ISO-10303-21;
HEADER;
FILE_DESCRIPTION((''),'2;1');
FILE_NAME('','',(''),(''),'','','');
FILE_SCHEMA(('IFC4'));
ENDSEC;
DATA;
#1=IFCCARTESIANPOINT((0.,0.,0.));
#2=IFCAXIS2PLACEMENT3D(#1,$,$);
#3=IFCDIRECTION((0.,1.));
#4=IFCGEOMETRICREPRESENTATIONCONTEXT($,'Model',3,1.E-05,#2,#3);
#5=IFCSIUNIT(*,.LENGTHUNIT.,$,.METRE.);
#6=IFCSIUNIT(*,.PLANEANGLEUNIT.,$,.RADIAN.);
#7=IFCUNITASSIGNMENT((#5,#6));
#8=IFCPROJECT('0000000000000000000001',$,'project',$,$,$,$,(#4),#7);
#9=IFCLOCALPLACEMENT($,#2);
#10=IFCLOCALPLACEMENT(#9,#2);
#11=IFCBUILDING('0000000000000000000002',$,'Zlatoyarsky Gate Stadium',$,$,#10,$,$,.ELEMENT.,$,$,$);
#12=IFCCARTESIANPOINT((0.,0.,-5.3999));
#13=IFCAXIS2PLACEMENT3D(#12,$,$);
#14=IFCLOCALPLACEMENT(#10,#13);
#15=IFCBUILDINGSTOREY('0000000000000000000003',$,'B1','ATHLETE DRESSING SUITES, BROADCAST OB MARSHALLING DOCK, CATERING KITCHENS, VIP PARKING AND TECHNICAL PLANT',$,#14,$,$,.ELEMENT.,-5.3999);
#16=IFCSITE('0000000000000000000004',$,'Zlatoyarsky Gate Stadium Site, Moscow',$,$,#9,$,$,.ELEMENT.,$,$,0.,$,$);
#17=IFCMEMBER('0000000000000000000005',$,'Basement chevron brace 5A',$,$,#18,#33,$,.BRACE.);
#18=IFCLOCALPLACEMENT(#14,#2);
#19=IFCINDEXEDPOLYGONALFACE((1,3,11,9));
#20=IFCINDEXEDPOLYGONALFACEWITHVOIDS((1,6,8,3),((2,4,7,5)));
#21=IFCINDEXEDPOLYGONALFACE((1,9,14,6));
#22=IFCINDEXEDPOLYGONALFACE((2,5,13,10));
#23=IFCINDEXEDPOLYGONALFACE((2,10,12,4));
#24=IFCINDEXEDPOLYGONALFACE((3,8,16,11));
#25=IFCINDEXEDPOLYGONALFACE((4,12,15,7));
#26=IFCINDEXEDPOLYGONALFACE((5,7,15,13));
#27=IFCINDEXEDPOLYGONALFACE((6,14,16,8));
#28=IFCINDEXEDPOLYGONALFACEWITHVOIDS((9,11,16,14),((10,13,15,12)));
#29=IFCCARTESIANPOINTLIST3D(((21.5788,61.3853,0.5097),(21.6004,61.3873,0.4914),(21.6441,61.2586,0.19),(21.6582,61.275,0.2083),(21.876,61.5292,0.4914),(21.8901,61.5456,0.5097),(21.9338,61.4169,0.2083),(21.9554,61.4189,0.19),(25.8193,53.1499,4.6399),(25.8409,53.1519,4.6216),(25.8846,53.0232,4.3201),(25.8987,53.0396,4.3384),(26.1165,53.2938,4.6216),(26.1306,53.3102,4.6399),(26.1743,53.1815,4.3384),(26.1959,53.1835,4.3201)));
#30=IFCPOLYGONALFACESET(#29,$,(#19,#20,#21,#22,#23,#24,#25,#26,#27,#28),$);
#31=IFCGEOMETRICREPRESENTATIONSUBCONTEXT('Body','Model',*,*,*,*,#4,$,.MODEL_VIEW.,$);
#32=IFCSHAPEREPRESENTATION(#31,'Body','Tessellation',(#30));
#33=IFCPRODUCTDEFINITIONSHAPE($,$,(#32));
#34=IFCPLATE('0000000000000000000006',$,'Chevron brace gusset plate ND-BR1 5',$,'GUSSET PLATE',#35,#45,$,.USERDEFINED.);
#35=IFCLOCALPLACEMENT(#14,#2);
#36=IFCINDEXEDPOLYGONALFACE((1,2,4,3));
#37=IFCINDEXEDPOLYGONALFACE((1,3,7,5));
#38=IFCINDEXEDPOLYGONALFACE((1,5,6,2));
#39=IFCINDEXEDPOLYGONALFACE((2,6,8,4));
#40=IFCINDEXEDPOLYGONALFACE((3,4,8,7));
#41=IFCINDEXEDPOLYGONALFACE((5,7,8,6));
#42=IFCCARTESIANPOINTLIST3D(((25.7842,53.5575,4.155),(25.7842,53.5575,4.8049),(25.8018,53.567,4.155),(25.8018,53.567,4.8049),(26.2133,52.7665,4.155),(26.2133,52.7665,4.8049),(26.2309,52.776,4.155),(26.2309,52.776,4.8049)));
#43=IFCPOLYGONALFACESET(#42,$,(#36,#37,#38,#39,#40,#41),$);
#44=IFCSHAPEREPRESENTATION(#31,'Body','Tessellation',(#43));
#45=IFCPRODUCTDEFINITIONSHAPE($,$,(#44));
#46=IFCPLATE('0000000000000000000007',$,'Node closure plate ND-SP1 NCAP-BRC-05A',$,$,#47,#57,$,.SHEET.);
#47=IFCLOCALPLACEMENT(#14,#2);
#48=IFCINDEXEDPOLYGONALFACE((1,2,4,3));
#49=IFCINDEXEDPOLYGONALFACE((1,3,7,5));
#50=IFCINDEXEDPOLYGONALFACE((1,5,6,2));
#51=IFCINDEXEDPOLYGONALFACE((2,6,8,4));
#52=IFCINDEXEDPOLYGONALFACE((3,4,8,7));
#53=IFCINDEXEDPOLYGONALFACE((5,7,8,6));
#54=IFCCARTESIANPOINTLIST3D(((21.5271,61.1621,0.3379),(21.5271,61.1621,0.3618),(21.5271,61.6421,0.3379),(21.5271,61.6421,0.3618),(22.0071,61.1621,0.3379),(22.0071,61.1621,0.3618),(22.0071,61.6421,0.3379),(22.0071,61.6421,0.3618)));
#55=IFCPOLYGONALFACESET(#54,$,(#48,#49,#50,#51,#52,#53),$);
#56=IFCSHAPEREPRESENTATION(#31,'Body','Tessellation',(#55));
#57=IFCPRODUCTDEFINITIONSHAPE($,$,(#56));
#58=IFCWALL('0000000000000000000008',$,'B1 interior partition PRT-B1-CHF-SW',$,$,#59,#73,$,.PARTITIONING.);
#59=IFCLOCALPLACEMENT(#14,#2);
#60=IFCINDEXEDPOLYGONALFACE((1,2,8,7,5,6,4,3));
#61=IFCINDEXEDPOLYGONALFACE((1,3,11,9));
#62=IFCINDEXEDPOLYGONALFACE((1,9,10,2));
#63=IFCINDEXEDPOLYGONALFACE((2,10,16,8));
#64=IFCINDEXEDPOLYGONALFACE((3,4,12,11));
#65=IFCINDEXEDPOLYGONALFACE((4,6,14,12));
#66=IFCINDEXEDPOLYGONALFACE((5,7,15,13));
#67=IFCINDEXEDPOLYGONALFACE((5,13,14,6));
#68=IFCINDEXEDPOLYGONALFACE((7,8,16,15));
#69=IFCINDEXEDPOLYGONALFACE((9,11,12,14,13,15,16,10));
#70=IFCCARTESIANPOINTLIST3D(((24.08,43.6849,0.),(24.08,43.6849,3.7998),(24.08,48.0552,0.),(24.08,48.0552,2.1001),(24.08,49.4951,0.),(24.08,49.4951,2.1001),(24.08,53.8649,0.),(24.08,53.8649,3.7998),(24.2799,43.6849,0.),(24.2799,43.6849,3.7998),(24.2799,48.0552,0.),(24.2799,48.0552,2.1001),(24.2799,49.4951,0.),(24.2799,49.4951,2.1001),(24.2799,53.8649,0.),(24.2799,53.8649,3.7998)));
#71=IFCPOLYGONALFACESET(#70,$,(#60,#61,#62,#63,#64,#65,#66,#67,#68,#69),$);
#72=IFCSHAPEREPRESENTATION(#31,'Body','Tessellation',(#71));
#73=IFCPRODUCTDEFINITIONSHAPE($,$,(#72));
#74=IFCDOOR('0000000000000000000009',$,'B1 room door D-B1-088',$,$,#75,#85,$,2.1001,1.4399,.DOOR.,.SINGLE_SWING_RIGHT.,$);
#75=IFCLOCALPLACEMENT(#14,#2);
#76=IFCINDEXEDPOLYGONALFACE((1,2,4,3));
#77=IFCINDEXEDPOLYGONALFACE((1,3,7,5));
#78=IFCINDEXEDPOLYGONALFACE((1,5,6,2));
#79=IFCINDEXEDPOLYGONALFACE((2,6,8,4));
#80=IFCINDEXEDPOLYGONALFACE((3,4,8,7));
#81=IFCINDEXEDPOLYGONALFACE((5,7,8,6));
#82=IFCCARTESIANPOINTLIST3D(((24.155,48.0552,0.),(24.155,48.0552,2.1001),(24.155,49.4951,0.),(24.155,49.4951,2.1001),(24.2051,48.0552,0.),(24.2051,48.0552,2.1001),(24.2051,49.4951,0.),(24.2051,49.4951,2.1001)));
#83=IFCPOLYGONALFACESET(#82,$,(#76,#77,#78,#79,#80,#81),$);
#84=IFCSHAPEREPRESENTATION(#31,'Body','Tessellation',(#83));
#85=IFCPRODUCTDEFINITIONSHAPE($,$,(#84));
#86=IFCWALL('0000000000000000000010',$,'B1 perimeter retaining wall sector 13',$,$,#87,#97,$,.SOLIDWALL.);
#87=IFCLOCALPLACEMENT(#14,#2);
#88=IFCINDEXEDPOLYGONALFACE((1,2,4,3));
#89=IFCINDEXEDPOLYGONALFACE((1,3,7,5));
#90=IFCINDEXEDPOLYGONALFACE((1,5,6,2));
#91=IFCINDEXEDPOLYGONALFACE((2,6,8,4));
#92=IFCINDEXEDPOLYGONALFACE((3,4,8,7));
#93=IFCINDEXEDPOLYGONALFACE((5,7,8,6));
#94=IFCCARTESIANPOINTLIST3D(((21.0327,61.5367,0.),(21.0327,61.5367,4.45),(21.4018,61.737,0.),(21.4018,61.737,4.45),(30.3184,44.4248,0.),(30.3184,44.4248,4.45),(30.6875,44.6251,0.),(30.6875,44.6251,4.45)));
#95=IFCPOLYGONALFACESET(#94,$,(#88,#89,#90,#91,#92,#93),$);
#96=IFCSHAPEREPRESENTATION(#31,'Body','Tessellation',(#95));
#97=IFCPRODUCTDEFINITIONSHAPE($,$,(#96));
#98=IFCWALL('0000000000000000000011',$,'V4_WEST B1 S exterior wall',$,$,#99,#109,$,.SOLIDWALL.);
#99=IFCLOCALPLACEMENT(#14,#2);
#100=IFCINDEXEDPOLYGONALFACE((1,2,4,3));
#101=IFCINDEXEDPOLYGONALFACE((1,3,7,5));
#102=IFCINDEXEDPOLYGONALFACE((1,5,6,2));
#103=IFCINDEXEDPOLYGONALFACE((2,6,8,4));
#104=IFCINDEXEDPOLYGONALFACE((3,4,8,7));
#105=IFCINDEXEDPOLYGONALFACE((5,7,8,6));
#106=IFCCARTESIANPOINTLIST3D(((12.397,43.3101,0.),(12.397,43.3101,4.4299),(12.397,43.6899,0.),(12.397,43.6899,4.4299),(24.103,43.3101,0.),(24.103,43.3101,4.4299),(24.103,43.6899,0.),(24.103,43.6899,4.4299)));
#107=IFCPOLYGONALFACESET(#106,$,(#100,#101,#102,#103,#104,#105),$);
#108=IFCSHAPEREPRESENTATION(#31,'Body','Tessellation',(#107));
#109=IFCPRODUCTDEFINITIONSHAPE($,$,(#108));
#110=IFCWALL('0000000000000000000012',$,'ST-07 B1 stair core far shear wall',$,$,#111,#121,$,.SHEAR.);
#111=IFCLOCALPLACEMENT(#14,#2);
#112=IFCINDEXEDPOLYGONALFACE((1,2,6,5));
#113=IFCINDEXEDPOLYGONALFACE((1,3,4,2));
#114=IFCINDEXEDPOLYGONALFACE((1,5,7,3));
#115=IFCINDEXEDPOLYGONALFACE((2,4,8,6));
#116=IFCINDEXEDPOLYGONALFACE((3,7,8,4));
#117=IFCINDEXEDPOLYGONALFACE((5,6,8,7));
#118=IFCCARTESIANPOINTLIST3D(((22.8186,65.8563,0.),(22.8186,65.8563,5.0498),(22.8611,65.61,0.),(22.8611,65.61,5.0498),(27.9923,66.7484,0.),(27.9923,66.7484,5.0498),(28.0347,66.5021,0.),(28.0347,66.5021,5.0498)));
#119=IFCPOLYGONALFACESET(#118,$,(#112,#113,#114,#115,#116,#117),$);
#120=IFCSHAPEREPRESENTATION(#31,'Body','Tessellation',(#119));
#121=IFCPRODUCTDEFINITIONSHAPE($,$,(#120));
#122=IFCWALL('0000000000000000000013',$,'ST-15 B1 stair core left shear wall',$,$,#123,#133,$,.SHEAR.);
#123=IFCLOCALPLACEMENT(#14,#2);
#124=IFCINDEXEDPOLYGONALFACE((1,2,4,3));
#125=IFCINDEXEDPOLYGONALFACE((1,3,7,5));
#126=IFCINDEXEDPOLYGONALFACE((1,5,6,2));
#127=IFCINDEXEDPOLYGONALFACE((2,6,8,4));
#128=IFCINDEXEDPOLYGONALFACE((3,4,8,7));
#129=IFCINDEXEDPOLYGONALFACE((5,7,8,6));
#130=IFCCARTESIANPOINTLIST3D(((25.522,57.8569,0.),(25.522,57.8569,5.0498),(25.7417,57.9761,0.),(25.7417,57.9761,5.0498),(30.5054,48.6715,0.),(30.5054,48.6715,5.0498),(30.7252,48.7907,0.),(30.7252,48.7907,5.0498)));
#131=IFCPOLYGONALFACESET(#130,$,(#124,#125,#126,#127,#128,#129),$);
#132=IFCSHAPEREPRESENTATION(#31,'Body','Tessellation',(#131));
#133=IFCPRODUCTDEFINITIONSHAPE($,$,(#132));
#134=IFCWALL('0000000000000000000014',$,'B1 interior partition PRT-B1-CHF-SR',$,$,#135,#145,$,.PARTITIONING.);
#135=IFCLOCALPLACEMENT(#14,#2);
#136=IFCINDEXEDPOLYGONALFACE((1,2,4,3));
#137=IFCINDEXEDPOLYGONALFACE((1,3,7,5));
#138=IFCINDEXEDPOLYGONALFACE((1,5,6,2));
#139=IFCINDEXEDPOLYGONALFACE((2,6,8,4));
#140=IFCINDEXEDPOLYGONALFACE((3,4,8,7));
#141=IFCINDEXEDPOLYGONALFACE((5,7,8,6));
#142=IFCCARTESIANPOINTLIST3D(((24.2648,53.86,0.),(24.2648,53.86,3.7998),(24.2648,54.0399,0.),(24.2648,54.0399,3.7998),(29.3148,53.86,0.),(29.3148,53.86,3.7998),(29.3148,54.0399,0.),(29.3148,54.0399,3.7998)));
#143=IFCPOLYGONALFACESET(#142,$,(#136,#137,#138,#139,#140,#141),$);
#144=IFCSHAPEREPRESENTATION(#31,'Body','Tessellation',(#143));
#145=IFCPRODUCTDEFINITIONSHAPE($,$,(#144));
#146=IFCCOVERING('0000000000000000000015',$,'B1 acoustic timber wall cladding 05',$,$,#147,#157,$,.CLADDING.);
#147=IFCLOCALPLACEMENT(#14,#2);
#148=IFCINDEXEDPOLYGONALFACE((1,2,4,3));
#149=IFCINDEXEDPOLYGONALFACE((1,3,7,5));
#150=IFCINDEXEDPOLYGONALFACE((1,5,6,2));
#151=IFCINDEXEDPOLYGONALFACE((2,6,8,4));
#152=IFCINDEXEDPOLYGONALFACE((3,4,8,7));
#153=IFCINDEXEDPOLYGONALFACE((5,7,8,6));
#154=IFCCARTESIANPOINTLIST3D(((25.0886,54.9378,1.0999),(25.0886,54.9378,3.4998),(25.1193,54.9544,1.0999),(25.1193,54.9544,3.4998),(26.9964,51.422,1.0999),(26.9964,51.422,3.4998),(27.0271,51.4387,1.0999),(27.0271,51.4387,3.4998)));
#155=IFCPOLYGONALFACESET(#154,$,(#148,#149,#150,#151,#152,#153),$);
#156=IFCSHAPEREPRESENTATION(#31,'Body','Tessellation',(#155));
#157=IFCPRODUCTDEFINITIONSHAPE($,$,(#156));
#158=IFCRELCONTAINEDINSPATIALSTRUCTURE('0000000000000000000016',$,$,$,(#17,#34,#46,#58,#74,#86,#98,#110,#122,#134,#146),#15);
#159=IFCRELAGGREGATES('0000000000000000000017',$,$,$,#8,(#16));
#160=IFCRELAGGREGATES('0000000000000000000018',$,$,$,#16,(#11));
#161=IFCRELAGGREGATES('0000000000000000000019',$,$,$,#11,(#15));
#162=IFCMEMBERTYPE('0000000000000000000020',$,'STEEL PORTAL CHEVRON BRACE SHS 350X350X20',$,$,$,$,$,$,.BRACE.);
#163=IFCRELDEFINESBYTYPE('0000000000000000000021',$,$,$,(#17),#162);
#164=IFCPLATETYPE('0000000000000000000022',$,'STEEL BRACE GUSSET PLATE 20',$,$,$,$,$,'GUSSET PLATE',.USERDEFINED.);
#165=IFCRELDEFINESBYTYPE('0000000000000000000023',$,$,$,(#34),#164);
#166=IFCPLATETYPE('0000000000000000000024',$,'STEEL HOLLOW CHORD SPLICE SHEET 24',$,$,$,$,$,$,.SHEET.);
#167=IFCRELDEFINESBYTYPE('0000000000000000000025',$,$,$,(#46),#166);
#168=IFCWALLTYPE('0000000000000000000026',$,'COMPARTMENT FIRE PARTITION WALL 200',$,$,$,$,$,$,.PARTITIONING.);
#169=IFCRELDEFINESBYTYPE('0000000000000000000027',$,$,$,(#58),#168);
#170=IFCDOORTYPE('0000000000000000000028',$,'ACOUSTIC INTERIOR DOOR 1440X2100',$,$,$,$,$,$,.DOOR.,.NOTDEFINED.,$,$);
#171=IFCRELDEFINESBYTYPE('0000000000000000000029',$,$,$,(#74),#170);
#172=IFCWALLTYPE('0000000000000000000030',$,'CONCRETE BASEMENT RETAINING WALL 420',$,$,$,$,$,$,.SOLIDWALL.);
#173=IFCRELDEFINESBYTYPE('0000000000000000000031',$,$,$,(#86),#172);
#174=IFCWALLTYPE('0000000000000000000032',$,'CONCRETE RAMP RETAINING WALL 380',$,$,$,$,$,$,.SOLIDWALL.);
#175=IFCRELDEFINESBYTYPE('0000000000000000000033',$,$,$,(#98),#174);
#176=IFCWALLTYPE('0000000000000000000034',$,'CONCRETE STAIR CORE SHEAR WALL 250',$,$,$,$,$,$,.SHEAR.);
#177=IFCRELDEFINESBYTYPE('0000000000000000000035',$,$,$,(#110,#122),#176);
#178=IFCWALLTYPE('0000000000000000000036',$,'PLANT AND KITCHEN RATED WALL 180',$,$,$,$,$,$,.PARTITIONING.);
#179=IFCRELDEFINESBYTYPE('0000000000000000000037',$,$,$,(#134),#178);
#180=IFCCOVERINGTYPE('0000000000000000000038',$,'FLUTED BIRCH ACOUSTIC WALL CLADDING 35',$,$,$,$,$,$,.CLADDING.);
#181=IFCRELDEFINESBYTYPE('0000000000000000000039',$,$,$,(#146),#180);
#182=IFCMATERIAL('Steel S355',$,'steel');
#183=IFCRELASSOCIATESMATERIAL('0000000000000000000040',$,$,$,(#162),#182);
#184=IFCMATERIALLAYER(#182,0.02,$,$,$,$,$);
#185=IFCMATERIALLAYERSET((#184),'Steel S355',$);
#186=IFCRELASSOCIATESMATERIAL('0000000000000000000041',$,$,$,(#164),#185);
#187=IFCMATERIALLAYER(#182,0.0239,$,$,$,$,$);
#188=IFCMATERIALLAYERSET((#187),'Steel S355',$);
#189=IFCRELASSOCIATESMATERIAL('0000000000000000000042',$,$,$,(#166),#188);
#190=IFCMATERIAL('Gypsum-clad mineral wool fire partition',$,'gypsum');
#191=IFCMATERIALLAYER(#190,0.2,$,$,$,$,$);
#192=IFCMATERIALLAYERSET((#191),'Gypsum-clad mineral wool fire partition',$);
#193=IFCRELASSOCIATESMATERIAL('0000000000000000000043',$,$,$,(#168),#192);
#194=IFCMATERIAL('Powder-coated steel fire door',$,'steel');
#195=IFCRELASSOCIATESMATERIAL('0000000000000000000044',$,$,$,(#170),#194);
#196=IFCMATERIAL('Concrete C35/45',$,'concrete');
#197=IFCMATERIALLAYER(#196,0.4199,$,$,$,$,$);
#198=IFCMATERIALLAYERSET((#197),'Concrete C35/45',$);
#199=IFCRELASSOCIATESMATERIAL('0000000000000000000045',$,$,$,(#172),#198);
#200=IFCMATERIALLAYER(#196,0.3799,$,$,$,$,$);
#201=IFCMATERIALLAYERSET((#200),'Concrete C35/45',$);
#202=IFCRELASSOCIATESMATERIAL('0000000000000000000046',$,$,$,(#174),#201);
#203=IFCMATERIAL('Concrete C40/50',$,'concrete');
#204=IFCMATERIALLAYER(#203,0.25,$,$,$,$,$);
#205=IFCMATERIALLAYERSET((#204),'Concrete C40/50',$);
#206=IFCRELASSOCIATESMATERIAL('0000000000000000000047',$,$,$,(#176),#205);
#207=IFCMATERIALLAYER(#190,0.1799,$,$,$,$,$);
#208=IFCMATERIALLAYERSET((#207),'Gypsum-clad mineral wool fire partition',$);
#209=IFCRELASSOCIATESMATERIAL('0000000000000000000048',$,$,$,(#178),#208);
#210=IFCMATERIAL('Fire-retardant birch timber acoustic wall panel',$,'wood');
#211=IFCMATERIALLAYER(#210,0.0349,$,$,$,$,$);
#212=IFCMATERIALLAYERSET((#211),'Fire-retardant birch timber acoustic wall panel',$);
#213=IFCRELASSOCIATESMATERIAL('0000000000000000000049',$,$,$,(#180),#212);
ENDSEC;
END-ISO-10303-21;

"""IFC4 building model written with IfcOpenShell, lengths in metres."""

from ifc_helpers import new_model, si_unit, direction, frame, frame_2d, origin, origin_2d, place, context, subcontext, project, spatial, rectangle, hollow_rectangle, extrude, material, layer, layer_set, material_profile, profile_set, type_object, element, fill, save


model = new_model("IFC4")

# Units and contexts
model_context = context("Model", 3, precision=1e-05, world=origin(), true_north=direction((0.0, 1.0)))
body_context = subcontext(model_context, "Body", "Model", "MODEL_VIEW")
ifc_project = project(units=[si_unit("LENGTHUNIT", "METRE"), si_unit("PLANEANGLEUNIT", "RADIAN")], contexts=[model_context])

# Site, building, storey
site_placement = place(None, origin())
site = spatial("IfcSite", under=ifc_project, at=site_placement, Name="Zlatoyarsky Gate Stadium Site, Moscow", CompositionType="ELEMENT", RefElevation=0.0)
building_placement = place(site_placement, origin())
building = spatial("IfcBuilding", under=site, at=building_placement, Name="Zlatoyarsky Gate Stadium", CompositionType="ELEMENT")
storey_placement = place(building_placement, frame((0.0, 0.0, -5.3999)))
storey = spatial("IfcBuildingStorey", under=building, at=storey_placement, Name="B1", Description="ATHLETE DRESSING SUITES, BROADCAST OB MARSHALLING DOCK, CATERING KITCHENS, VIP PARKING AND TECHNICAL PLANT", CompositionType="ELEMENT", Elevation=-5.3999)

# Shared definitions
ifc_material_1 = material(Name="Concrete C35/45", Category="concrete")

# Shared definitions
ifc_material_2 = material(Name="Concrete C40/50", Category="concrete")

# Member
ifc_material_3 = material(Name="Steel S355", Category="steel")
ifc_material_profile_1 = material_profile(ifc_material_3, hollow_rectangle(XDim=0.3501, YDim=0.3501, WallThickness=0.02, at=origin_2d()), Name="SHS 350X350X20")
ifc_profile_set_1 = profile_set([ifc_material_profile_1], Name="Steel S355")
member_type = type_object("IfcMemberType", Name="STEEL PORTAL CHEVRON BRACE SHS 350X350X20", PredefinedType="BRACE", material=ifc_profile_set_1)
member_placement = place(storey_placement, frame((21.7671, 61.4021, 0.3499), z_axis=(0.41811, -0.812003, 0.407229), x_axis=(0.889061, 0.457788, 0.0)))
element("IfcMember", 1, at=member_placement, inside=storey, type_object=member_type, Name="Basement chevron brace 5A", PredefinedType="BRACE", context=body_context, shape_type="SweptSolid", body=[
    extrude(hollow_rectangle(XDim=0.3501, YDim=0.3501, WallThickness=0.02, at=origin_2d()), origin(), (0.0, 0.0, 1.0), 10.1421),
])

# Plates
ifc_layer_1 = layer(ifc_material_3, 0.02)
ifc_layer_set_1 = layer_set([ifc_layer_1], Name="Steel S355")
plate_type_1 = type_object("IfcPlateType", Name="STEEL BRACE GUSSET PLATE 20", ElementType="GUSSET PLATE", PredefinedType="USERDEFINED", material=ifc_layer_set_1)
plate_1_placement = place(storey_placement, frame((26.0076, 53.1667, 4.155), z_axis=(0.0, 0.0, 1.0), x_axis=(0.476891, -0.878963, 0.0)))
element("IfcPlate", 2, at=plate_1_placement, inside=storey, type_object=plate_type_1, Name="Chevron brace gusset plate ND-BR1 5", ObjectType="GUSSET PLATE", PredefinedType="USERDEFINED", context=body_context, shape_type="SweptSolid", body=[
    extrude(rectangle(XDim=0.8999, YDim=0.02, at=origin_2d()), origin(), (0.0, 0.0, 1.0), 0.6499),
])
ifc_layer_2 = layer(ifc_material_3, 0.0239)
ifc_layer_set_2 = layer_set([ifc_layer_2], Name="Steel S355")
plate_type_2 = type_object("IfcPlateType", Name="STEEL HOLLOW CHORD SPLICE SHEET 24", PredefinedType="SHEET", material=ifc_layer_set_2)
plate_2_placement = place(storey_placement, frame((21.7671, 61.4021, 0.3379), z_axis=(0.0, 0.0, 1.0), x_axis=(1.0, 0.0, 0.0)))
element("IfcPlate", 3, at=plate_2_placement, inside=storey, type_object=plate_type_2, Name="Node closure plate ND-SP1 NCAP-BRC-05A", PredefinedType="SHEET", context=body_context, shape_type="SweptSolid", body=[
    extrude(rectangle(XDim=0.48, YDim=0.48, at=origin_2d()), origin(), (0.0, 0.0, 1.0), 0.0239),
])

# Wall, opening, door
ifc_material_4 = material(Name="Gypsum-clad mineral wool fire partition", Category="gypsum")
ifc_layer_3 = layer(ifc_material_4, 0.2)
ifc_layer_set_3 = layer_set([ifc_layer_3], Name="Gypsum-clad mineral wool fire partition")
wall_type_1 = type_object("IfcWallType", Name="COMPARTMENT FIRE PARTITION WALL 200", PredefinedType="PARTITIONING", material=ifc_layer_set_3)
wall_1_placement = place(storey_placement, frame((24.1799, 43.6851, 0.0), z_axis=(0.0, 0.0, 1.0), x_axis=(0.0, 1.0, 0.0)))
wall_1 = element("IfcWall", 4, at=wall_1_placement, inside=storey, type_object=wall_type_1, Name="B1 interior partition PRT-B1-CHF-SW", PredefinedType="PARTITIONING", context=body_context, shape_type="SweptSolid", body=[
    extrude(rectangle(XDim=10.1799, YDim=0.2, at=frame_2d((5.0898, 0.0))), origin(), (0.0, 0.0, 1.0), 3.7998),
])
opening_placement = place(wall_1_placement, frame((4.3701, 0.0, 0.0)))
opening = element("IfcOpeningElement", 5, at=opening_placement, cuts=wall_1, PredefinedType="OPENING", context=body_context, shape_type="SweptSolid", body=[
    extrude(rectangle(XDim=1.4399, YDim=2.1001, at=frame_2d((0.72, 1.05))), frame((0.0, 0.1099, 0.0), z_axis=(0.0, -1.0, 0.0), x_axis=(1.0, 0.0, 0.0)), (0.0, 0.0, 1.0), 0.22),
])
ifc_material_5 = material(Name="Powder-coated steel fire door", Category="steel")
door_type = type_object("IfcDoorType", Name="ACOUSTIC INTERIOR DOOR 1440X2100", OperationType="NOTDEFINED", PredefinedType="DOOR", material=ifc_material_5)
door_placement = place(opening_placement, origin())
door = element("IfcDoor", 6, at=door_placement, inside=storey, type_object=door_type, Name="B1 room door D-B1-088", OperationType="SINGLE_SWING_RIGHT", OverallHeight=2.1001, OverallWidth=1.4399, PredefinedType="DOOR", context=body_context, shape_type="SweptSolid", body=[
    extrude(rectangle(XDim=1.4399, YDim=2.1001, at=frame_2d((0.72, 1.05))), frame((0.0, 0.0249, 0.0), z_axis=(0.0, -1.0, 0.0), x_axis=(1.0, 0.0, 0.0)), (0.0, 0.0, 1.0), 0.05),
])
fill(opening, door)

# Walls
ifc_layer_4 = layer(ifc_material_1, 0.4199)
ifc_layer_set_4 = layer_set([ifc_layer_4], Name="Concrete C35/45")
wall_type_2 = type_object("IfcWallType", Name="CONCRETE BASEMENT RETAINING WALL 420", PredefinedType="SOLIDWALL", material=ifc_layer_set_4)
wall_2_placement = place(storey_placement, frame((21.2173, 61.6367, 0.0), z_axis=(0.0, 0.0, 1.0), x_axis=(0.476948, -0.878932, 0.0)))
element("IfcWall", 7, at=wall_2_placement, inside=storey, type_object=wall_type_2, Name="B1 perimeter retaining wall sector 13", PredefinedType="SOLIDWALL", context=body_context, shape_type="SweptSolid", body=[
    extrude(rectangle(XDim=19.469, YDim=0.4199, at=frame_2d((9.7344, 0.0))), origin(), (0.0, 0.0, 1.0), 4.45),
])
ifc_layer_5 = layer(ifc_material_1, 0.3799)
ifc_layer_set_5 = layer_set([ifc_layer_5], Name="Concrete C35/45")
wall_type_3 = type_object("IfcWallType", Name="CONCRETE RAMP RETAINING WALL 380", PredefinedType="SOLIDWALL", material=ifc_layer_set_5)
wall_3_placement = place(storey_placement, frame((12.397, 43.5, 0.0), z_axis=(0.0, 0.0, 1.0), x_axis=(1.0, 0.0, 0.0)))
element("IfcWall", 8, at=wall_3_placement, inside=storey, type_object=wall_type_3, Name="V4_WEST B1 S exterior wall", PredefinedType="SOLIDWALL", context=body_context, shape_type="SweptSolid", body=[
    extrude(rectangle(XDim=11.7061, YDim=0.3799, at=frame_2d((5.853, 0.0))), origin(), (0.0, 0.0, 1.0), 4.4299),
])
ifc_layer_6 = layer(ifc_material_2, 0.25)
ifc_layer_set_6 = layer_set([ifc_layer_6], Name="Concrete C40/50")
wall_type_4 = type_object("IfcWallType", Name="CONCRETE STAIR CORE SHEAR WALL 250", PredefinedType="SHEAR", material=ifc_layer_set_6)
wall_4_placement = place(storey_placement, frame((22.8398, 65.7332, 0.0), z_axis=(0.0, 0.0, 1.0), x_axis=(0.985457, 0.169924, 0.0)))
element("IfcWall", 9, at=wall_4_placement, inside=storey, type_object=wall_type_4, Name="ST-07 B1 stair core far shear wall", PredefinedType="SHEAR", context=body_context, shape_type="SweptSolid", body=[
    extrude(rectangle(XDim=5.25, YDim=0.25, at=frame_2d((2.625, 0.0))), origin(), (0.0, 0.0, 1.0), 5.0498),
])
wall_5_placement = place(storey_placement, frame((25.6318, 57.9165, 0.0), z_axis=(0.0, 0.0, 1.0), x_axis=(0.476877, -0.87897, 0.0)))
element("IfcWall", 10, at=wall_5_placement, inside=storey, type_object=wall_type_4, Name="ST-15 B1 stair core left shear wall", PredefinedType="SHEAR", context=body_context, shape_type="SweptSolid", body=[
    extrude(rectangle(XDim=10.4502, YDim=0.25, at=frame_2d((5.2251, 0.0))), origin(), (0.0, 0.0, 1.0), 5.0498),
])
ifc_layer_7 = layer(ifc_material_4, 0.1799)
ifc_layer_set_7 = layer_set([ifc_layer_7], Name="Gypsum-clad mineral wool fire partition")
wall_type_5 = type_object("IfcWallType", Name="PLANT AND KITCHEN RATED WALL 180", PredefinedType="PARTITIONING", material=ifc_layer_set_7)
wall_6_placement = place(storey_placement, frame((24.2649, 53.95, 0.0), z_axis=(0.0, 0.0, 1.0), x_axis=(1.0, 0.0, 0.0)))
element("IfcWall", 11, at=wall_6_placement, inside=storey, type_object=wall_type_5, Name="B1 interior partition PRT-B1-CHF-SR", PredefinedType="PARTITIONING", context=body_context, shape_type="SweptSolid", body=[
    extrude(rectangle(XDim=5.05, YDim=0.1799, at=frame_2d((2.5249, 0.0))), origin(), (0.0, 0.0, 1.0), 3.7998),
])

# Covering
ifc_material_6 = material(Name="Fire-retardant birch timber acoustic wall panel", Category="wood")
ifc_layer_8 = layer(ifc_material_6, 0.0349)
ifc_layer_set_8 = layer_set([ifc_layer_8], Name="Fire-retardant birch timber acoustic wall panel")
covering_type = type_object("IfcCoveringType", Name="FLUTED BIRCH ACOUSTIC WALL CLADDING 35", PredefinedType="CLADDING", material=ifc_layer_set_8)
covering_placement = place(storey_placement, frame((26.0579, 53.1882, 1.0999), z_axis=(0.0, 0.0, 1.0), x_axis=(0.476953, -0.878929, 0.0)))
element("IfcCovering", 12, at=covering_placement, inside=storey, type_object=covering_type, Name="B1 acoustic timber wall cladding 05", PredefinedType="CLADDING", context=body_context, shape_type="SweptSolid", body=[
    extrude(rectangle(XDim=4.0, YDim=0.0349, at=origin_2d()), origin(), (0.0, 0.0, 1.0), 2.3999),
])

save(model, "model.ifc")
